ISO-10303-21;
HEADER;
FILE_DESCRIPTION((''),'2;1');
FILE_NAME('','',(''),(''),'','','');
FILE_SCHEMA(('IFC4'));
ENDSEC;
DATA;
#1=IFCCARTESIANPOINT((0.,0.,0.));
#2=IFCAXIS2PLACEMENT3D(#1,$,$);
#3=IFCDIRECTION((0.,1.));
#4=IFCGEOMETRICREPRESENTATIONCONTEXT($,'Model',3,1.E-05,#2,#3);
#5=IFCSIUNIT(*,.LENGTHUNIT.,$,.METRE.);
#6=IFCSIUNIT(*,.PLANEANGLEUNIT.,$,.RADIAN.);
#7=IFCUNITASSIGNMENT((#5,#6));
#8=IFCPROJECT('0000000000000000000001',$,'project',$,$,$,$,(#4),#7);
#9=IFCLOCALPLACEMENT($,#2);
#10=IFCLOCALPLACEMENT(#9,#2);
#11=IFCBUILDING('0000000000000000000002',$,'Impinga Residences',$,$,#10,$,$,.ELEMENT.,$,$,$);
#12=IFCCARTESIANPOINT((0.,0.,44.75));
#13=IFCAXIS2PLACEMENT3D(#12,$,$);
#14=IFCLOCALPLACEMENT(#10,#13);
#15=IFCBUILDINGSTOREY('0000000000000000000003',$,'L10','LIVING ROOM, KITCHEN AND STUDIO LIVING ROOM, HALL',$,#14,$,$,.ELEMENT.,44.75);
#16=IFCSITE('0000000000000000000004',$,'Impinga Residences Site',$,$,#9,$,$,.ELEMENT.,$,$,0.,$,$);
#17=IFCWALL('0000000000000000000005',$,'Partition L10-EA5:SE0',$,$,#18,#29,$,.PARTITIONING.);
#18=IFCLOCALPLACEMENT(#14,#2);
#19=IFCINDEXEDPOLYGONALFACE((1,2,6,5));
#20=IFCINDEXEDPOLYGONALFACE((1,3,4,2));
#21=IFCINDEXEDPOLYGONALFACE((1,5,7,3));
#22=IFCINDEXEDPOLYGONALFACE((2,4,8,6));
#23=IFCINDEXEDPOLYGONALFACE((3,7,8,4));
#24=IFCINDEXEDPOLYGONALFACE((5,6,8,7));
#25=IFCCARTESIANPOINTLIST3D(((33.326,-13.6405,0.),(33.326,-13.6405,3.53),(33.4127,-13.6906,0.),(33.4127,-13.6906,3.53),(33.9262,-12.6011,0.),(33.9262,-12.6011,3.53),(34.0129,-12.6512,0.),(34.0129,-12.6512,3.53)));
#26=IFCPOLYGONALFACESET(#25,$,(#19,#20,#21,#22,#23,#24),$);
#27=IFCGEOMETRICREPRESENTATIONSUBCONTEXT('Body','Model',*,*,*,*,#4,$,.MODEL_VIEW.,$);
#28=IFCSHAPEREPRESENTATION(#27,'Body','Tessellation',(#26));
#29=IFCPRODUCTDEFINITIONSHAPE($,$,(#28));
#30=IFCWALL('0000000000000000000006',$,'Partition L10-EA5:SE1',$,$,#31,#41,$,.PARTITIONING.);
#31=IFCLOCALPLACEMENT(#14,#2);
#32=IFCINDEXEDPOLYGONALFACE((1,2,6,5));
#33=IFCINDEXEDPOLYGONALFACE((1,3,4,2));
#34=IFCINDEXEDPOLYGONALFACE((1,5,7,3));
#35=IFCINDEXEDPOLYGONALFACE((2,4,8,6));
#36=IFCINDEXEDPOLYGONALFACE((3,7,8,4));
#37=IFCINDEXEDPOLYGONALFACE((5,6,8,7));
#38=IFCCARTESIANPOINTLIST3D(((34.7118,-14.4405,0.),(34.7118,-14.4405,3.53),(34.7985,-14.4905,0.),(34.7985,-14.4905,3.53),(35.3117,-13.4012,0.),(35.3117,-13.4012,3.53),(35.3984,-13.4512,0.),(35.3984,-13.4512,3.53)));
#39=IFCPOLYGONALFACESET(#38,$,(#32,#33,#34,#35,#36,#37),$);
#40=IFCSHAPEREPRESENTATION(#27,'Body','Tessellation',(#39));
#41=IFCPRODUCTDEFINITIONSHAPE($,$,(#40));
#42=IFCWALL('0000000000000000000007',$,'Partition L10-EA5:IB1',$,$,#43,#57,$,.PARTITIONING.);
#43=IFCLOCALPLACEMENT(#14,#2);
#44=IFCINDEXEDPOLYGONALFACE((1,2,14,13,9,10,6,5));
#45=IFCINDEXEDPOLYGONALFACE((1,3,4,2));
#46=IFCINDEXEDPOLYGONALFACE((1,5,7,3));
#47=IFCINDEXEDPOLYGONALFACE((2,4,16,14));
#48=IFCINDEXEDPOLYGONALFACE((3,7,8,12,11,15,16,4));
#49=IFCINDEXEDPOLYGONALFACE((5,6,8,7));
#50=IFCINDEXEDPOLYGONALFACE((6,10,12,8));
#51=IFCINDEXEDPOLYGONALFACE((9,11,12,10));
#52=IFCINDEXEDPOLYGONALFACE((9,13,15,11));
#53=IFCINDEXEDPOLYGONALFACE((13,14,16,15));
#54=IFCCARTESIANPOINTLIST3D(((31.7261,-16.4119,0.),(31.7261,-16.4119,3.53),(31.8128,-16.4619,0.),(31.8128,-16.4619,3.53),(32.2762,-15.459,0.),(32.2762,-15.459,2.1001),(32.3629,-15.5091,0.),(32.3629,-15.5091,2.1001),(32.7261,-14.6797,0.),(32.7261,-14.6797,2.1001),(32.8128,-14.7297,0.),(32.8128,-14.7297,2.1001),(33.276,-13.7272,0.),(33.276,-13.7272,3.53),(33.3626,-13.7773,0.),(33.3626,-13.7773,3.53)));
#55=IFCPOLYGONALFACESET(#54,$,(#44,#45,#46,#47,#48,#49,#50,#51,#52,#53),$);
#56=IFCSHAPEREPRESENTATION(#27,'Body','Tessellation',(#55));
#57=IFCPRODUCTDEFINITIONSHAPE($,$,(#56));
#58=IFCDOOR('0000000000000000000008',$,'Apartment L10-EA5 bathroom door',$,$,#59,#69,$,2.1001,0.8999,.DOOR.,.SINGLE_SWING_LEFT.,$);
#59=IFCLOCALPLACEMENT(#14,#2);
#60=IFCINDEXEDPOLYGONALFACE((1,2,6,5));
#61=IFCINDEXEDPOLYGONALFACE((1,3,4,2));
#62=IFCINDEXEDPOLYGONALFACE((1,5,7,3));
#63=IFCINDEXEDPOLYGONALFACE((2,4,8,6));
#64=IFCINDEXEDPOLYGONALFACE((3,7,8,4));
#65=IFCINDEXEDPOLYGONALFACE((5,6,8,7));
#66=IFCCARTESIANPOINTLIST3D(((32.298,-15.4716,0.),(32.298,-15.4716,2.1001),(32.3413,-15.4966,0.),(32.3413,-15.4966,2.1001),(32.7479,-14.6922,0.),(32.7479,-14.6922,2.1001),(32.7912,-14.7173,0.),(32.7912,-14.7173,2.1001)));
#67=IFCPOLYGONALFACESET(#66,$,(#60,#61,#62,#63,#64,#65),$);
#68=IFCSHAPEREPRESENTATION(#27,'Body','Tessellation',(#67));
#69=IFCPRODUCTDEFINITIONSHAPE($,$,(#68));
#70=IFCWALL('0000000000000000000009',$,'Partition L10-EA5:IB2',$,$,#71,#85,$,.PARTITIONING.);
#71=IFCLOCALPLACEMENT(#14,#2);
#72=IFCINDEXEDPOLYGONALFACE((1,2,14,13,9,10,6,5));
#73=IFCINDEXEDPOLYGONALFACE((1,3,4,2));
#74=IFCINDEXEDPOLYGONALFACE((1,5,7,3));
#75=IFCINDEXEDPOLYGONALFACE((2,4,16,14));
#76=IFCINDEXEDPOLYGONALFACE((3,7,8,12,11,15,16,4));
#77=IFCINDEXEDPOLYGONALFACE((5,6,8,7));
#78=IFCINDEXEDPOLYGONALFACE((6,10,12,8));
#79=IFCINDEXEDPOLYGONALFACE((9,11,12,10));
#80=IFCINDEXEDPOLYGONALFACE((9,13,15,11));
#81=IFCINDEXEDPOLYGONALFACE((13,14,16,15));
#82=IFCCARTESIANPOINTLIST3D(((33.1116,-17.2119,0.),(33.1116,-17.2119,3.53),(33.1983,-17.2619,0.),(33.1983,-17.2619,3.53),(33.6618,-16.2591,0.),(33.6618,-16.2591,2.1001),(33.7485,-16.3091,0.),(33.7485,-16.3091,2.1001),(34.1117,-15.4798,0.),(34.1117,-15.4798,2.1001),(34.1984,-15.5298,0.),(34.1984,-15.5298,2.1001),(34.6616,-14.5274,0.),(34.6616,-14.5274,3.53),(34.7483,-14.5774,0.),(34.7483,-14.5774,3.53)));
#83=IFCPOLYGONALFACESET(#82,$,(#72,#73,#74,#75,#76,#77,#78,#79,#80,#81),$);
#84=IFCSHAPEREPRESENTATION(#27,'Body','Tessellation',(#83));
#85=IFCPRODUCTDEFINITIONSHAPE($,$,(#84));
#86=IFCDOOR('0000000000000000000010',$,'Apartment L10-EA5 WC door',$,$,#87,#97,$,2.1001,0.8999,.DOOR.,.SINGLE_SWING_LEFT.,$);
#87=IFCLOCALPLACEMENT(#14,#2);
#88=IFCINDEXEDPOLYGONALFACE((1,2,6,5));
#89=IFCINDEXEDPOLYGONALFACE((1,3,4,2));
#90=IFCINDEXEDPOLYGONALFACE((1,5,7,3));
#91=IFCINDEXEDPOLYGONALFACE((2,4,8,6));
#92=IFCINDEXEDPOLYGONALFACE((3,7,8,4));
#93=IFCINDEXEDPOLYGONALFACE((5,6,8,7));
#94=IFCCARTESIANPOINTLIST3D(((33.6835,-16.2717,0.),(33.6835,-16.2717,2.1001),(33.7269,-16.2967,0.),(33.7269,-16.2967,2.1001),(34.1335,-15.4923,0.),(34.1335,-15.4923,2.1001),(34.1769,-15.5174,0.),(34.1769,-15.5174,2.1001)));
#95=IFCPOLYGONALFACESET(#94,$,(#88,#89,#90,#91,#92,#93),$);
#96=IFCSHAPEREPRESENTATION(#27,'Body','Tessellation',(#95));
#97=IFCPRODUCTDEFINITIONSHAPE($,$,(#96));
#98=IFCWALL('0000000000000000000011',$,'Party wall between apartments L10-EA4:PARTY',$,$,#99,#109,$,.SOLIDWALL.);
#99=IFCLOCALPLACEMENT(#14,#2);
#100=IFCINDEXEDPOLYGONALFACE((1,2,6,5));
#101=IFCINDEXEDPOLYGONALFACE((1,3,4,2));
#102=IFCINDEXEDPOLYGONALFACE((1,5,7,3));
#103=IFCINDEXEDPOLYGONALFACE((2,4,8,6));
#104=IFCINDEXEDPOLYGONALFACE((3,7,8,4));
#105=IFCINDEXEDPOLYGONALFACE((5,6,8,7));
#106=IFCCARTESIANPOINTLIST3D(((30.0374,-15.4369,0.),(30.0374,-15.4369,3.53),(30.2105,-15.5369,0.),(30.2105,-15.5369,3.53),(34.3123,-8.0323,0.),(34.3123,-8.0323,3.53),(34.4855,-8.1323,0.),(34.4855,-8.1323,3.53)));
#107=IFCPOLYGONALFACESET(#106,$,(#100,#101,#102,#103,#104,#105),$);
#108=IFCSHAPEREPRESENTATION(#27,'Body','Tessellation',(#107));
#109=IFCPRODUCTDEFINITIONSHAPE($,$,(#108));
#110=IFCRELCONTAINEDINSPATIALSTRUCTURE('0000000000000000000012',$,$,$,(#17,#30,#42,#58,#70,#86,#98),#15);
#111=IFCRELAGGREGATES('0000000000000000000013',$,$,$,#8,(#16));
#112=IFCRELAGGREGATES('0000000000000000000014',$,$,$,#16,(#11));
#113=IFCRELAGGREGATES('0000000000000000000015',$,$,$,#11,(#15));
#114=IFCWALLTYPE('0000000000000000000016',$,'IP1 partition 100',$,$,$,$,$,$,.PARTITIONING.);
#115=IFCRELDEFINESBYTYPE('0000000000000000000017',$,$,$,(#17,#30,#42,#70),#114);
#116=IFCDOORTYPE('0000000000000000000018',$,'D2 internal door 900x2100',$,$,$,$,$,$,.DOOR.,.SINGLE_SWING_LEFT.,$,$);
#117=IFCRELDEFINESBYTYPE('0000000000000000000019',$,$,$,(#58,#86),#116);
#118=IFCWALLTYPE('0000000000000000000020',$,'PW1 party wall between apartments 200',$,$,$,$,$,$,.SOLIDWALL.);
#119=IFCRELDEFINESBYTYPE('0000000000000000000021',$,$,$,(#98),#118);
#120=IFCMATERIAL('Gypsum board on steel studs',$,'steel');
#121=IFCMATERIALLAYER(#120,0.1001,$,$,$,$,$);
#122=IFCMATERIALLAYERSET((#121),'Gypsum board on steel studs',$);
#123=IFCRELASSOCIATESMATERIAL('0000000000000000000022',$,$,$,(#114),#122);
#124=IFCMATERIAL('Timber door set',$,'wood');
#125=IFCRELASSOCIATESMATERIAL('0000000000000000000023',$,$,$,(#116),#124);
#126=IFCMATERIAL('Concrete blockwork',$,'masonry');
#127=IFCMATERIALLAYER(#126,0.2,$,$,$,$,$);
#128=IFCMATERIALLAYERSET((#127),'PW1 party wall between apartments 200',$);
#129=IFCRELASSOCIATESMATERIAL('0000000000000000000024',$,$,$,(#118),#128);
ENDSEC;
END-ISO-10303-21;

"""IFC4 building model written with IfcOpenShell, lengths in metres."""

from ifc_helpers import new_model, si_unit, direction, frame, frame_2d, origin, place, context, subcontext, project, spatial, rectangle, extrude, material, layer, layer_set, type_object, element, fill, save


model = new_model("IFC4")

# Units and contexts
model_context = context("Model", 3, precision=1e-05, world=origin(), true_north=direction((0.0, 1.0)))
body_context = subcontext(model_context, "Body", "Model", "MODEL_VIEW")
ifc_project = project(units=[si_unit("LENGTHUNIT", "METRE"), si_unit("PLANEANGLEUNIT", "RADIAN")], contexts=[model_context])

# Site, building, storey
site_placement = place(None, origin())
site = spatial("IfcSite", under=ifc_project, at=site_placement, Name="Impinga Residences Site", CompositionType="ELEMENT", RefElevation=0.0)
building_placement = place(site_placement, origin())
building = spatial("IfcBuilding", under=site, at=building_placement, Name="Impinga Residences", CompositionType="ELEMENT")
storey_placement = place(building_placement, frame((0.0, 0.0, 44.75)))
storey = spatial("IfcBuildingStorey", under=building, at=storey_placement, Name="L10", Description="LIVING ROOM, KITCHEN AND STUDIO LIVING ROOM, HALL", CompositionType="ELEMENT", Elevation=44.75)

# Shared definitions
ifc_material_1 = material(Name="Gypsum board on steel studs", Category="steel")
ifc_layer_1 = layer(ifc_material_1, 0.1001)
ifc_layer_set_1 = layer_set([ifc_layer_1], Name="Gypsum board on steel studs")
wall_type_1 = type_object("IfcWallType", Name="IP1 partition 100", PredefinedType="PARTITIONING", material=ifc_layer_set_1)

# Shared definitions
ifc_material_2 = material(Name="Timber door set", Category="wood")
door_type = type_object("IfcDoorType", Name="D2 internal door 900x2100", OperationType="SINGLE_SWING_LEFT", PredefinedType="DOOR", material=ifc_material_2)

# Walls
wall_1_placement = place(storey_placement, frame((33.3694, -13.6655, 0.0), z_axis=(0.0, 0.0, 1.0), x_axis=(0.500034, 0.866006, 0.0)))
element("IfcWall", 1, at=wall_1_placement, inside=storey, type_object=wall_type_1, Name="Partition L10-EA5:SE0", PredefinedType="PARTITIONING", context=body_context, shape_type="SweptSolid", body=[
    extrude(rectangle(XDim=1.2002, YDim=0.1001, at=frame_2d((0.6001, 0.0))), origin(), (0.0, 0.0, 1.0), 3.53),
])
wall_2_placement = place(storey_placement, frame((34.7551, -14.4656, 0.0), z_axis=(0.0, 0.0, 1.0), x_axis=(0.499881, 0.866094, 0.0)))
element("IfcWall", 2, at=wall_2_placement, inside=storey, type_object=wall_type_1, Name="Partition L10-EA5:SE1", PredefinedType="PARTITIONING", context=body_context, shape_type="SweptSolid", body=[
    extrude(rectangle(XDim=1.2, YDim=0.1001, at=frame_2d((0.6001, 0.0))), origin(), (0.0, 0.0, 1.0), 3.53),
])

# Walls, openings, doors
wall_3_placement = place(storey_placement, frame((31.7695, -16.4368, 0.0), z_axis=(0.0, 0.0, 1.0), x_axis=(0.499968, 0.866044, 0.0)))
wall_3 = element("IfcWall", 3, at=wall_3_placement, inside=storey, type_object=wall_type_1, Name="Partition L10-EA5:IB1", PredefinedType="PARTITIONING", context=body_context, shape_type="SweptSolid", body=[
    extrude(rectangle(XDim=3.0999, YDim=0.1001, at=frame_2d((1.5498, 0.0))), origin(), (0.0, 0.0, 1.0), 3.53),
])
opening_1_placement = place(wall_3_placement, frame((1.1001, 0.0, 0.0)))
opening_1 = element("IfcOpeningElement", 4, at=opening_1_placement, cuts=wall_3, PredefinedType="OPENING", context=body_context, shape_type="SweptSolid", body=[
    extrude(rectangle(XDim=0.8999, YDim=2.1001, at=frame_2d((0.45, 1.05))), frame((0.0, 0.0601, 0.0), z_axis=(0.0, -1.0, 0.0), x_axis=(1.0, 0.0, 0.0)), (0.0, 0.0, 1.0), 0.1201),
])
door_1_placement = place(opening_1_placement, origin())
door_1 = element("IfcDoor", 5, at=door_1_placement, inside=storey, type_object=door_type, Name="Apartment L10-EA5 bathroom door", OperationType="SINGLE_SWING_LEFT", OverallHeight=2.1001, OverallWidth=0.8999, PredefinedType="DOOR", context=body_context, shape_type="SweptSolid", body=[
    extrude(rectangle(XDim=0.8999, YDim=2.1001, at=frame_2d((0.45, 1.05))), frame((0.0, 0.0249, 0.0), z_axis=(0.0, -1.0, 0.0), x_axis=(1.0, 0.0, 0.0)), (0.0, 0.0, 1.0), 0.05),
])
fill(opening_1, door_1)
wall_4_placement = place(storey_placement, frame((33.155, -17.2368, 0.0), z_axis=(0.0, 0.0, 1.0), x_axis=(0.500027, 0.86601, 0.0)))
wall_4 = element("IfcWall", 6, at=wall_4_placement, inside=storey, type_object=wall_type_1, Name="Partition L10-EA5:IB2", PredefinedType="PARTITIONING", context=body_context, shape_type="SweptSolid", body=[
    extrude(rectangle(XDim=3.0999, YDim=0.1001, at=frame_2d((1.5498, 0.0))), origin(), (0.0, 0.0, 1.0), 3.53),
])
opening_2_placement = place(wall_4_placement, frame((1.1001, 0.0, 0.0)))
opening_2 = element("IfcOpeningElement", 7, at=opening_2_placement, cuts=wall_4, PredefinedType="OPENING", context=body_context, shape_type="SweptSolid", body=[
    extrude(rectangle(XDim=0.8999, YDim=2.1001, at=frame_2d((0.45, 1.05))), frame((0.0, 0.0601, 0.0), z_axis=(0.0, -1.0, 0.0), x_axis=(1.0, 0.0, 0.0)), (0.0, 0.0, 1.0), 0.1201),
])
door_2_placement = place(opening_2_placement, origin())
door_2 = element("IfcDoor", 8, at=door_2_placement, inside=storey, type_object=door_type, Name="Apartment L10-EA5 WC door", OperationType="SINGLE_SWING_LEFT", OverallHeight=2.1001, OverallWidth=0.8999, PredefinedType="DOOR", context=body_context, shape_type="SweptSolid", body=[
    extrude(rectangle(XDim=0.8999, YDim=2.1001, at=frame_2d((0.45, 1.05))), frame((0.0, 0.0249, 0.0), z_axis=(0.0, -1.0, 0.0), x_axis=(1.0, 0.0, 0.0)), (0.0, 0.0, 1.0), 0.05),
])
fill(opening_2, door_2)

# Wall
ifc_material_3 = material(Name="Concrete blockwork", Category="masonry")
ifc_layer_2 = layer(ifc_material_3, 0.2)
ifc_layer_set_2 = layer_set([ifc_layer_2], Name="PW1 party wall between apartments 200")
wall_type_2 = type_object("IfcWallType", Name="PW1 party wall between apartments 200", PredefinedType="SOLIDWALL", material=ifc_layer_set_2)
wall_5_placement = place(storey_placement, frame((30.124, -15.4868, 0.0), z_axis=(0.0, 0.0, 1.0), x_axis=(0.49999, 0.866031, 0.0)))
element("IfcWall", 9, at=wall_5_placement, inside=storey, type_object=wall_type_2, Name="Party wall between apartments L10-EA4:PARTY", PredefinedType="SOLIDWALL", context=body_context, shape_type="SweptSolid", body=[
    extrude(rectangle(XDim=8.55, YDim=0.2, at=frame_2d((4.2749, 0.0))), origin(), (0.0, 0.0, 1.0), 3.53),
])

save(model, "model.ifc")
